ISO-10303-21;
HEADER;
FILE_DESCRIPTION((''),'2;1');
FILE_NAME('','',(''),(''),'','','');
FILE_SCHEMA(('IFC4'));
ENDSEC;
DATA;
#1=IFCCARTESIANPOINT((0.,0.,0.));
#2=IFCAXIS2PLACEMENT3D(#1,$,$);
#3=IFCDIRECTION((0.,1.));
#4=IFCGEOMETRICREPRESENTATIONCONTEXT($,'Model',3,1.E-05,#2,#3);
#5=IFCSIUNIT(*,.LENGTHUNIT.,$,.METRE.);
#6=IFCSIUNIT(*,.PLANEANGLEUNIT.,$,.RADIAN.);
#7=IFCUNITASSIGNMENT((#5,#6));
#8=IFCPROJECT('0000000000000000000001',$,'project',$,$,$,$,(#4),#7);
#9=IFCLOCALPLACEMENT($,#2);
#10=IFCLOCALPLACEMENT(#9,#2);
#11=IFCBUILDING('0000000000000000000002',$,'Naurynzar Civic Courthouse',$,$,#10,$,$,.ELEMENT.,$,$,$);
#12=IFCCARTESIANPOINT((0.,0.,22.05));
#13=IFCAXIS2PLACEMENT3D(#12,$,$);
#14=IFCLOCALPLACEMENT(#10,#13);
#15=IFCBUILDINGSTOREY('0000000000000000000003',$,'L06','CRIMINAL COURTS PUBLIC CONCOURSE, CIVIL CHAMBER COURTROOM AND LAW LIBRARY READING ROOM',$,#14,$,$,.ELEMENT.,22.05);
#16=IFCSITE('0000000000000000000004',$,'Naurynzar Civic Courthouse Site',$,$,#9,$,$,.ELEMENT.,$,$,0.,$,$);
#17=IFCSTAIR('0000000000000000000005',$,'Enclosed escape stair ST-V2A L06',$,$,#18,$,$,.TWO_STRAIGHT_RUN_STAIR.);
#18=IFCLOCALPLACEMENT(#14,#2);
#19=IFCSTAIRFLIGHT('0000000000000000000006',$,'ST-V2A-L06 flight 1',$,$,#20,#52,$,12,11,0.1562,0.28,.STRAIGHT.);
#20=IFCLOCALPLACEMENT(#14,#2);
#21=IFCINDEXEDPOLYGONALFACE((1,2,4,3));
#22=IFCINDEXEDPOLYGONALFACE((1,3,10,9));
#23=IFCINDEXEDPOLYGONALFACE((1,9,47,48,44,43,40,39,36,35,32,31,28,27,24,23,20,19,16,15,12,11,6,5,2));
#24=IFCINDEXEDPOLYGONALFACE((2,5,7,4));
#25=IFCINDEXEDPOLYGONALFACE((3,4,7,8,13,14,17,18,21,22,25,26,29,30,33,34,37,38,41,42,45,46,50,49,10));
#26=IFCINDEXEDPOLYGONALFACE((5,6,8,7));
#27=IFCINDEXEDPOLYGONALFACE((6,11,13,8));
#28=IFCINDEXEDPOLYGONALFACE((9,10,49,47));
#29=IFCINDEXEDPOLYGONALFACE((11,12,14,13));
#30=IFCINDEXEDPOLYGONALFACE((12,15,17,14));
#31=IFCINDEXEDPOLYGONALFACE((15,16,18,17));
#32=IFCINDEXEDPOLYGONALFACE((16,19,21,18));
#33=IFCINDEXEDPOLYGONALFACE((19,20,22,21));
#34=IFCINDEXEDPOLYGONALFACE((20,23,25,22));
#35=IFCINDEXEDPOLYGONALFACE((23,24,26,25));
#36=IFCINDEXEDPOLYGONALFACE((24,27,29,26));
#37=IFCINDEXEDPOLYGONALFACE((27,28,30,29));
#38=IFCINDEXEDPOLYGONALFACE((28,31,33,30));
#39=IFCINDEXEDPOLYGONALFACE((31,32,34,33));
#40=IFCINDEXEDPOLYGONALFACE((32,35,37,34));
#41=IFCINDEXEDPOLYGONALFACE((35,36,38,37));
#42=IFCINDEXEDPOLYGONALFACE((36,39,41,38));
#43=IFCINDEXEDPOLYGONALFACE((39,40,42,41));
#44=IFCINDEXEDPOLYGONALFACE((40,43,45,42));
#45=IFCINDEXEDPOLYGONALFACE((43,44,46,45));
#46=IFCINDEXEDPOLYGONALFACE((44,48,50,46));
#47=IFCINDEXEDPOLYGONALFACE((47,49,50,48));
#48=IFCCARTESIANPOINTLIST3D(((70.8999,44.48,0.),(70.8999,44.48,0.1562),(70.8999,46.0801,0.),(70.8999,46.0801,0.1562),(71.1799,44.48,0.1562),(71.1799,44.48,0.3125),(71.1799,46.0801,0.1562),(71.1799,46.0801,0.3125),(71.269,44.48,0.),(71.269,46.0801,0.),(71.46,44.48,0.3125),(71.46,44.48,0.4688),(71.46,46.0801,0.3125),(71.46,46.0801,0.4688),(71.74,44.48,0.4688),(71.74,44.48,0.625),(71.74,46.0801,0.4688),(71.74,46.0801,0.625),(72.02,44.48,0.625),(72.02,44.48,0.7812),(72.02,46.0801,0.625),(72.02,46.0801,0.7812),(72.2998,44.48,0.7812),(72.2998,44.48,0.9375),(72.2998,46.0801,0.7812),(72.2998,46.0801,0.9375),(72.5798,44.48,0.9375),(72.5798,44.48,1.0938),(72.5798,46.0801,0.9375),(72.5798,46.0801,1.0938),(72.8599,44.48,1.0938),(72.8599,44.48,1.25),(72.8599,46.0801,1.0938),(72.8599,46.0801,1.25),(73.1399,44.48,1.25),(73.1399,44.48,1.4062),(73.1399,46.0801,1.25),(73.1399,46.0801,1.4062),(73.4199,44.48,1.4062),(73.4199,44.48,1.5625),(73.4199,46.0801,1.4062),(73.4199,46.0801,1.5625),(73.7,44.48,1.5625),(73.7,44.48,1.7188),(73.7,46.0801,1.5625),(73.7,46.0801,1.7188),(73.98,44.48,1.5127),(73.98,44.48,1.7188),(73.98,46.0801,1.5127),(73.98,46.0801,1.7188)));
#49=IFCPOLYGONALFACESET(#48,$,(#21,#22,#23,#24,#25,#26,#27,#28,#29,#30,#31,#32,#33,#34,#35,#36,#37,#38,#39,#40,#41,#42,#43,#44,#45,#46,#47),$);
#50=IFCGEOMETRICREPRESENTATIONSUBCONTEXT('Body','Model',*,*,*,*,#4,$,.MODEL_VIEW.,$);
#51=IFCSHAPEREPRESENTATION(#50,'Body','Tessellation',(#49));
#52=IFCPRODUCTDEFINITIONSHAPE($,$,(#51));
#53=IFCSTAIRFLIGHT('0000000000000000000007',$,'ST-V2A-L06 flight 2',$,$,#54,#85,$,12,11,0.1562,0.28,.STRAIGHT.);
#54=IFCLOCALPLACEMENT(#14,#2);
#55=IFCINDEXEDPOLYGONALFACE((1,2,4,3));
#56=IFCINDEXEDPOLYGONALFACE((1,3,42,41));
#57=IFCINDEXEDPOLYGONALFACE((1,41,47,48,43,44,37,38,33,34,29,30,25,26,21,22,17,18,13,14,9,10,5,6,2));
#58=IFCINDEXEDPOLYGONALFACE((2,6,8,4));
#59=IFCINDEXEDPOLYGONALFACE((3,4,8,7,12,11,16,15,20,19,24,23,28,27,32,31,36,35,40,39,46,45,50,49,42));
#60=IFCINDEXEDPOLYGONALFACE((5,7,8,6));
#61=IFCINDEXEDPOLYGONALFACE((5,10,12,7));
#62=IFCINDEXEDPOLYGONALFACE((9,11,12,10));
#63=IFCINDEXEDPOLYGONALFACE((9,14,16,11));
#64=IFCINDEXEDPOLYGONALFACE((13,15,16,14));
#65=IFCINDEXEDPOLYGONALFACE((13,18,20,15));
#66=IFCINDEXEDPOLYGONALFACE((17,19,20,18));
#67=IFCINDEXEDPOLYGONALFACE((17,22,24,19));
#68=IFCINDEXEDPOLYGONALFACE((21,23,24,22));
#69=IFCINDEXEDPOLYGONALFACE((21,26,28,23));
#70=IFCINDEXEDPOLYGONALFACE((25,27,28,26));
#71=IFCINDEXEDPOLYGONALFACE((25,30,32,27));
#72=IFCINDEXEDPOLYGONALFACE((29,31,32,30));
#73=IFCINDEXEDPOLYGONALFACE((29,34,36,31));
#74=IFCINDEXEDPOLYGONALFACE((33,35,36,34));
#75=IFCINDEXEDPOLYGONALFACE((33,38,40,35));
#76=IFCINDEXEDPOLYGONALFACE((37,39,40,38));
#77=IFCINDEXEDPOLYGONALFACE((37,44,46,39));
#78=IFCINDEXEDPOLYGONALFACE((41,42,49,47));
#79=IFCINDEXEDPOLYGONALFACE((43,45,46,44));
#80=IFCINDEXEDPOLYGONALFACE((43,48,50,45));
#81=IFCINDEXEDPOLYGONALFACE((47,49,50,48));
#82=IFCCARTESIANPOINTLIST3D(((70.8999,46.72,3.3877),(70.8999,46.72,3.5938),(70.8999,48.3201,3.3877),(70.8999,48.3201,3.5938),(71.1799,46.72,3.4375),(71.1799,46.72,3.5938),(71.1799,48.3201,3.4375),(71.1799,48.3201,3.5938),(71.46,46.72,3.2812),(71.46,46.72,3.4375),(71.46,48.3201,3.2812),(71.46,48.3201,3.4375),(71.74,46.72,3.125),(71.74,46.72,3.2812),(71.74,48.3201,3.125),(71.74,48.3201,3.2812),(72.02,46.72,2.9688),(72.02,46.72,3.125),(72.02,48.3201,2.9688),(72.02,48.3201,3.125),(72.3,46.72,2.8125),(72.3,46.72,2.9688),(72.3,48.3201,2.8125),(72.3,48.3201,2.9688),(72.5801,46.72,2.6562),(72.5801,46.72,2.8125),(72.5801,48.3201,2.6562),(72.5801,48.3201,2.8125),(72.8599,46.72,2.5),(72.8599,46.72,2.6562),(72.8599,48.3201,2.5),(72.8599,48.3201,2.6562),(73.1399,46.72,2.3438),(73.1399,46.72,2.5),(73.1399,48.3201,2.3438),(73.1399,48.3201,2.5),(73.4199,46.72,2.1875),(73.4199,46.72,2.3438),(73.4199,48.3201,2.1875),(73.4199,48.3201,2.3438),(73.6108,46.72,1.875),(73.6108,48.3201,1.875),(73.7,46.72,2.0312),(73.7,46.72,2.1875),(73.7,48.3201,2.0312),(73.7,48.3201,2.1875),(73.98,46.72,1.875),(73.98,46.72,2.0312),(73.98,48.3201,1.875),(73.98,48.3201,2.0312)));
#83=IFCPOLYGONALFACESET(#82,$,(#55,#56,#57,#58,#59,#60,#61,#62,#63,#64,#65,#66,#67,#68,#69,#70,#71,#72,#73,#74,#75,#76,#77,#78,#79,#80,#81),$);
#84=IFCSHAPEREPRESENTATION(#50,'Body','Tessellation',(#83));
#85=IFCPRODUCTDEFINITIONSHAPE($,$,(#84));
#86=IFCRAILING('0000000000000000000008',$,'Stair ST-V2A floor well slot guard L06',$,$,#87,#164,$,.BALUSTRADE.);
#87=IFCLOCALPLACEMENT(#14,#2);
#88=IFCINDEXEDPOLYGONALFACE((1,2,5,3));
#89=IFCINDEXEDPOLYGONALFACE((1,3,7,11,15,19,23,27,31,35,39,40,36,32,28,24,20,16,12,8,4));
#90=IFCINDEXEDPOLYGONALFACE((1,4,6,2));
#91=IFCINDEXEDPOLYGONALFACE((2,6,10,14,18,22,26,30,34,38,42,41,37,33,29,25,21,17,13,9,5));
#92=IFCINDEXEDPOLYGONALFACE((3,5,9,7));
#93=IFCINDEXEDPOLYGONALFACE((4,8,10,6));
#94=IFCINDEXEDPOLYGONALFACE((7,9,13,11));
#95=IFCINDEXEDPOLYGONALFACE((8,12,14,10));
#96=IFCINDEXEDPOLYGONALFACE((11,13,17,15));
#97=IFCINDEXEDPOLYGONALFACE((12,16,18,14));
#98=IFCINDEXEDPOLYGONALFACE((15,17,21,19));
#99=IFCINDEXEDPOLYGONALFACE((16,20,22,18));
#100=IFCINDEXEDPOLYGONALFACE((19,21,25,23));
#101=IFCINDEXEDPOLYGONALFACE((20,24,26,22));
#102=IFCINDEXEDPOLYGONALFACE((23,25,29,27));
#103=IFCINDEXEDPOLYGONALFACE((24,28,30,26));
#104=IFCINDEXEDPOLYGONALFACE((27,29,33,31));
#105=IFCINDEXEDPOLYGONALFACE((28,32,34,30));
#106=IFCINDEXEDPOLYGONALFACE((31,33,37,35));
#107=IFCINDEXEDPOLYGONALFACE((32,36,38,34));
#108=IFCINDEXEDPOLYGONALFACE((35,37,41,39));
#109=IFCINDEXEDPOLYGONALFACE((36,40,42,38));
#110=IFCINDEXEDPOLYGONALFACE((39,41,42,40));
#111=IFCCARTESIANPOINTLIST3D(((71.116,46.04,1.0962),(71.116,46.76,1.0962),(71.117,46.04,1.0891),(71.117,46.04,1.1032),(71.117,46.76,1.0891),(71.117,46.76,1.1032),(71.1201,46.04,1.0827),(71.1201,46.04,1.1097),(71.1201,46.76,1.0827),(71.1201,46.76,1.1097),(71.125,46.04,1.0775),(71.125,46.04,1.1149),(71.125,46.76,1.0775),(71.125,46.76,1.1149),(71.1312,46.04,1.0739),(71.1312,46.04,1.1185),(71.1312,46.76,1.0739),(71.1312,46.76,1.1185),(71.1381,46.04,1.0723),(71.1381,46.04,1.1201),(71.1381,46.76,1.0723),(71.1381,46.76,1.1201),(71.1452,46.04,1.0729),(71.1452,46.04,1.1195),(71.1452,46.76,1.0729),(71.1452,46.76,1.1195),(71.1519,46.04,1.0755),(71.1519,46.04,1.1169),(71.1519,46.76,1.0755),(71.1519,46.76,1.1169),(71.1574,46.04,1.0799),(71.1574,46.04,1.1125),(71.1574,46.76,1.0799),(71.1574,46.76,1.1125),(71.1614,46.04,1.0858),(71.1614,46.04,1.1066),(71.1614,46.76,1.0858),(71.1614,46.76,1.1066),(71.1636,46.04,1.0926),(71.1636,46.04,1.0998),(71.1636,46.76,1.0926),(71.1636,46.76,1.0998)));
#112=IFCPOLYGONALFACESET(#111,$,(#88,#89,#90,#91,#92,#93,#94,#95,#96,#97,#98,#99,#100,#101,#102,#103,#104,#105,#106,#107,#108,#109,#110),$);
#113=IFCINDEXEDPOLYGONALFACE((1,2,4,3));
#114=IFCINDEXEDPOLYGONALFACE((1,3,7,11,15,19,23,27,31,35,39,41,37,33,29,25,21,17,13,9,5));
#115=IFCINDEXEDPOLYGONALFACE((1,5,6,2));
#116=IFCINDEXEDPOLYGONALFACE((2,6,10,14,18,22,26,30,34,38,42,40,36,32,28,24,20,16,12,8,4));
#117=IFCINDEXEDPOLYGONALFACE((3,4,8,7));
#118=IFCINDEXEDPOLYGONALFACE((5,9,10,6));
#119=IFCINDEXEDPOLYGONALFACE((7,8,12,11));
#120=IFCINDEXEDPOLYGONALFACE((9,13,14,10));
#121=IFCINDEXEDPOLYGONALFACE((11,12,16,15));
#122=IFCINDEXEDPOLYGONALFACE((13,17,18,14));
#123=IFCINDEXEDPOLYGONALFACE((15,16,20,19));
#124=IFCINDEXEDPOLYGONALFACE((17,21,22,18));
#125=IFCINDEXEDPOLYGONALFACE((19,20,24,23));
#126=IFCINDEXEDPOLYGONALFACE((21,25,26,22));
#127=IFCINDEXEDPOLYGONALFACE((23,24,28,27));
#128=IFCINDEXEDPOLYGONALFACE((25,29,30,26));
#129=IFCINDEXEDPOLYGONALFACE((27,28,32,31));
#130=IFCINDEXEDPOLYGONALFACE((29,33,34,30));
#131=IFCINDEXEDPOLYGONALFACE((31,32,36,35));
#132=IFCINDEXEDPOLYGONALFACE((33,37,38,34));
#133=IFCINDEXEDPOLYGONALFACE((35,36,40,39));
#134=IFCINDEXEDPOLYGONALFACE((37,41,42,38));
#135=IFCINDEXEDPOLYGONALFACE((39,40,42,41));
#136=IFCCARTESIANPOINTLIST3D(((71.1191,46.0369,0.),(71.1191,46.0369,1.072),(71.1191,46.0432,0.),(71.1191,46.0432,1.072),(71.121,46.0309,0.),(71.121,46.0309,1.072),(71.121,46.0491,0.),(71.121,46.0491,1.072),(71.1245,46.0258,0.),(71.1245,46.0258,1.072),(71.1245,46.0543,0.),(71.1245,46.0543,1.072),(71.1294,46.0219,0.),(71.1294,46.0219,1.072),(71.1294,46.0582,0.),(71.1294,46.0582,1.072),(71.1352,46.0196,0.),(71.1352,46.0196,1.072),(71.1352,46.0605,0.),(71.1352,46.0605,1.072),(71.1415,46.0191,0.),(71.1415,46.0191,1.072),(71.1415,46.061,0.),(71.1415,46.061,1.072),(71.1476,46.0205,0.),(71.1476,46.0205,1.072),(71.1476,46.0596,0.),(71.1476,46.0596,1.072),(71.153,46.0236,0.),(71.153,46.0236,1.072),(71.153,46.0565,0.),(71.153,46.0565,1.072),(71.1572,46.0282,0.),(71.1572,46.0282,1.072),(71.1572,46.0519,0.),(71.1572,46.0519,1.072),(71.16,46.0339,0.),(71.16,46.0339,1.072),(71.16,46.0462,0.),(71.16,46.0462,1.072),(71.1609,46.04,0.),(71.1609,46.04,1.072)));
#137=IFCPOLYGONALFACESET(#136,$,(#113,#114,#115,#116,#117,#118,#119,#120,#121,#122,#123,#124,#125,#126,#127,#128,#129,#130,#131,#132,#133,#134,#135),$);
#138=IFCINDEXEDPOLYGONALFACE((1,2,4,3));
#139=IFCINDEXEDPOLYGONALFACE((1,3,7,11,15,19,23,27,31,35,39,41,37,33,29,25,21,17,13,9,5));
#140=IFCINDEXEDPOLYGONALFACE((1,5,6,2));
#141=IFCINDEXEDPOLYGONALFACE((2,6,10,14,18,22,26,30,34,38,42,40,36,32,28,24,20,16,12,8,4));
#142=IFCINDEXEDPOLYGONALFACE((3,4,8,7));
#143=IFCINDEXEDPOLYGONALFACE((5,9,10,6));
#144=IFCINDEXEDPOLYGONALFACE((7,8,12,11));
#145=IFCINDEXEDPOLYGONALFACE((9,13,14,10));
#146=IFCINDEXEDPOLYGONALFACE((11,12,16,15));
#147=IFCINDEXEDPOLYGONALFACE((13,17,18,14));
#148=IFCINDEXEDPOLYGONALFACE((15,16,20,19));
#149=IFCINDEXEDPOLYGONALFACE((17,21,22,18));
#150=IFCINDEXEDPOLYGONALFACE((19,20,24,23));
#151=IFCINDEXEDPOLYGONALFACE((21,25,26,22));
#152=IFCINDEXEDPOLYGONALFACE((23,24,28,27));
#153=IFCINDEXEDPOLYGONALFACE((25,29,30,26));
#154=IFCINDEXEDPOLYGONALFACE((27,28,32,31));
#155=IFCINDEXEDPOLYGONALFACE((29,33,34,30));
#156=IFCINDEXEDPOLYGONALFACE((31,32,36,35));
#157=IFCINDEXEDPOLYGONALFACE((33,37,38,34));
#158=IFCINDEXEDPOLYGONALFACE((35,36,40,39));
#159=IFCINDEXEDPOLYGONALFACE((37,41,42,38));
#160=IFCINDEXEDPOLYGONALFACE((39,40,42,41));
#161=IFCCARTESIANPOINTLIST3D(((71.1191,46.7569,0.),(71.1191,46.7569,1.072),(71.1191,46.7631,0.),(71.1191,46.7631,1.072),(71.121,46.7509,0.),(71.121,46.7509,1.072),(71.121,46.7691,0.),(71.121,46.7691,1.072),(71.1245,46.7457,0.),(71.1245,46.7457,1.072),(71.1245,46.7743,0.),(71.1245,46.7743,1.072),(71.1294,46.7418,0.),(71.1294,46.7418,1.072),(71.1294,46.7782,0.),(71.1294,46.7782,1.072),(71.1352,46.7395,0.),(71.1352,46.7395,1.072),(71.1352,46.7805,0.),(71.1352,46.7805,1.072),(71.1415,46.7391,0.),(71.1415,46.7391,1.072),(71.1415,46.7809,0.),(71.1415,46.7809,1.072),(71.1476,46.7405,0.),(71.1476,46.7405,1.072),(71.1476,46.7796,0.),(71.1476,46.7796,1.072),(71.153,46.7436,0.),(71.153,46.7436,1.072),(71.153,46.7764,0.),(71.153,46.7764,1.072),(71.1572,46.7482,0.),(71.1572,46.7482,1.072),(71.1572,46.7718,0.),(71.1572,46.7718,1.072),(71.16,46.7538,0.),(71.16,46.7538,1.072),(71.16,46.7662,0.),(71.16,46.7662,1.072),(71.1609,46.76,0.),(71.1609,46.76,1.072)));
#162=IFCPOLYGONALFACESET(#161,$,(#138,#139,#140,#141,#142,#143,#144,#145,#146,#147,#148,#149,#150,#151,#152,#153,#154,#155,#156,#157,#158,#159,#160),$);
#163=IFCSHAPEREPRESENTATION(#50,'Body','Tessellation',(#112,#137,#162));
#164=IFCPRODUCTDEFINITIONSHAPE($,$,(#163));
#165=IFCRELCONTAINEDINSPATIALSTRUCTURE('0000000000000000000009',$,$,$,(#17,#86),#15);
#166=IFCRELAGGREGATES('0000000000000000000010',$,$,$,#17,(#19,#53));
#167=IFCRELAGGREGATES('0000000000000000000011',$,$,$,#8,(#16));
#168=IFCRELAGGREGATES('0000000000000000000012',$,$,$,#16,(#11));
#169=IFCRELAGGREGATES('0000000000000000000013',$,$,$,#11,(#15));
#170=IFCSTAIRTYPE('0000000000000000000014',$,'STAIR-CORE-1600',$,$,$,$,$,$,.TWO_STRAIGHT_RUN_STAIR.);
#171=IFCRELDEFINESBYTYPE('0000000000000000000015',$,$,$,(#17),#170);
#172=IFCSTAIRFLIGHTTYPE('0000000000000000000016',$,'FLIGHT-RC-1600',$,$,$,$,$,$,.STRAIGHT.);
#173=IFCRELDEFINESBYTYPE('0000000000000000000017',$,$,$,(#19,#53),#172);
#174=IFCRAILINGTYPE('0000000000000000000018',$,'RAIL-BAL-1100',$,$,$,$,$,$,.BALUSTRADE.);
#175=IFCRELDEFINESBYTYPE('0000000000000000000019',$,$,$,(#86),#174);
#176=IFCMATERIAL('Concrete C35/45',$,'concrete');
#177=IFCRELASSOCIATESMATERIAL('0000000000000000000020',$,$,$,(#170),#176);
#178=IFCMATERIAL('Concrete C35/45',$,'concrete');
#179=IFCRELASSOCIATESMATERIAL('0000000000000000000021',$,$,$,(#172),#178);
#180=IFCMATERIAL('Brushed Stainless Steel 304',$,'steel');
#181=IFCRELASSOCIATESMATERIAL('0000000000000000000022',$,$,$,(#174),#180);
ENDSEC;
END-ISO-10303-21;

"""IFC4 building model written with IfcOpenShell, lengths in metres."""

from ifc_helpers import new_model, si_unit, direction, frame, origin, origin_2d, place, context, subcontext, project, spatial, polyline, circle, outline, extrude, material, type_object, element, aggregate, save


model = new_model("IFC4")

# Units and contexts
model_context = context("Model", 3, precision=1e-05, world=origin(), true_north=direction((0.0, 1.0)))
body_context = subcontext(model_context, "Body", "Model", "MODEL_VIEW")
ifc_project = project(units=[si_unit("LENGTHUNIT", "METRE"), si_unit("PLANEANGLEUNIT", "RADIAN")], contexts=[model_context])

# Site, building, storey
site_placement = place(None, origin())
site = spatial("IfcSite", under=ifc_project, at=site_placement, Name="Naurynzar Civic Courthouse Site", CompositionType="ELEMENT", RefElevation=0.0)
building_placement = place(site_placement, origin())
building = spatial("IfcBuilding", under=site, at=building_placement, Name="Naurynzar Civic Courthouse", CompositionType="ELEMENT")
storey_placement = place(building_placement, frame((0.0, 0.0, 22.05)))
storey = spatial("IfcBuildingStorey", under=building, at=storey_placement, Name="L06", Description="CRIMINAL COURTS PUBLIC CONCOURSE, CIVIL CHAMBER COURTROOM AND LAW LIBRARY READING ROOM", CompositionType="ELEMENT", Elevation=22.05)

# Stair, stair flights
ifc_material_1 = material(Name="Concrete C35/45", Category="concrete")
stair_type = type_object("IfcStairType", Name="STAIR-CORE-1600", PredefinedType="TWO_STRAIGHT_RUN_STAIR", material=ifc_material_1)
stair_placement = place(storey_placement, origin())
stair = element("IfcStair", 1, at=stair_placement, inside=storey, type_object=stair_type, Name="Enclosed escape stair ST-V2A L06", PredefinedType="TWO_STRAIGHT_RUN_STAIR")
ifc_material_2 = material(Name="Concrete C35/45", Category="concrete")
stair_flight_type = type_object("IfcStairFlightType", Name="FLIGHT-RC-1600", PredefinedType="STRAIGHT", material=ifc_material_2)
stair_flight_1_placement = place(storey_placement, frame((70.8999, 45.28, 0.0), z_axis=(0.0, 0.0, 1.0), x_axis=(1.0, 0.0, 0.0)))
stair_flight_1 = element("IfcStairFlight", 2, at=stair_flight_1_placement, type_object=stair_flight_type, Name="ST-V2A-L06 flight 1", NumberOfRisers=12, NumberOfTreads=11, PredefinedType="STRAIGHT", RiserHeight=0.1562, TreadLength=0.28, context=body_context, shape_type="SweptSolid", body=[
    extrude(outline(polyline([(0.0, 0.0), (0.0, 0.1562), (0.28, 0.1562), (0.28, 0.3125), (0.5601, 0.3125), (0.5601, 0.4688), (0.8401, 0.4688), (0.8401, 0.625), (1.1201, 0.625), (1.1201, 0.7812), (1.3999, 0.7812), (1.3999, 0.9375), (1.6799, 0.9375), (1.6799, 1.0938), (1.96, 1.0938), (1.96, 1.25), (2.24, 1.25), (2.24, 1.4062), (2.52, 1.4062), (2.52, 1.5625), (2.8, 1.5625), (2.8, 1.7188), (3.0801, 1.7188), (3.0801, 1.875), (3.0801, 1.5127), (0.3691, 0.0), (0.0, 0.0)])), frame((0.0, 0.8, 0.0), z_axis=(0.0, -1.0, 0.0), x_axis=(1.0, 0.0, 0.0)), (0.0, 0.0, 1.0), 1.6001),
])
stair_flight_2_placement = place(storey_placement, frame((73.98, 47.52, 1.875), z_axis=(0.0, 0.0, 1.0), x_axis=(-1.0, 0.0, 0.0)))
stair_flight_2 = element("IfcStairFlight", 3, at=stair_flight_2_placement, type_object=stair_flight_type, Name="ST-V2A-L06 flight 2", NumberOfRisers=12, NumberOfTreads=11, PredefinedType="STRAIGHT", RiserHeight=0.1562, TreadLength=0.28, context=body_context, shape_type="SweptSolid", body=[
    extrude(outline(polyline([(0.0, 0.0), (0.0, 0.1562), (0.28, 0.1562), (0.28, 0.3125), (0.5601, 0.3125), (0.5601, 0.4688), (0.8401, 0.4688), (0.8401, 0.625), (1.1201, 0.625), (1.1201, 0.7812), (1.3999, 0.7812), (1.3999, 0.9375), (1.6799, 0.9375), (1.6799, 1.0938), (1.96, 1.0938), (1.96, 1.25), (2.24, 1.25), (2.24, 1.4062), (2.52, 1.4062), (2.52, 1.5625), (2.8, 1.5625), (2.8, 1.7188), (3.0801, 1.7188), (3.0801, 1.875), (3.0801, 1.5127), (0.3691, 0.0), (0.0, 0.0)])), frame((0.0, 0.8, 0.0), z_axis=(0.0, -1.0, 0.0), x_axis=(1.0, 0.0, 0.0)), (0.0, 0.0, 1.0), 1.6001),
])
aggregate(stair, [stair_flight_1, stair_flight_2])

# Railing
ifc_material_3 = material(Name="Brushed Stainless Steel 304", Category="steel")
railing_type_1 = type_object("IfcRailingType", Name="RAIL-BAL-1100", PredefinedType="BALUSTRADE", material=ifc_material_3)
for number, where, name in (
    (4, (71.1399, 46.04, 0.0), "Stair ST-V2A floor well slot guard L06"),
):
    element("IfcRailing", number, at=place(storey_placement, frame(where)), inside=storey, type_object=railing_type_1, Name=name, PredefinedType="BALUSTRADE", context=body_context, shape_type="SweptSolid", body=[
        extrude(circle(Radius=0.0239, at=origin_2d()), frame((0.0, 0.0, 1.0962), z_axis=(0.0, 1.0, 0.0), x_axis=(-1.0, 0.0, 0.0)), (0.0, 0.0, 1.0), 0.72),
        extrude(circle(Radius=0.021, at=origin_2d()), origin(), (0.0, 0.0, 1.0), 1.072),
        extrude(circle(Radius=0.021, at=origin_2d()), frame((0.0, 0.72, 0.0)), (0.0, 0.0, 1.0), 1.072),
    ])

save(model, "model.ifc")
